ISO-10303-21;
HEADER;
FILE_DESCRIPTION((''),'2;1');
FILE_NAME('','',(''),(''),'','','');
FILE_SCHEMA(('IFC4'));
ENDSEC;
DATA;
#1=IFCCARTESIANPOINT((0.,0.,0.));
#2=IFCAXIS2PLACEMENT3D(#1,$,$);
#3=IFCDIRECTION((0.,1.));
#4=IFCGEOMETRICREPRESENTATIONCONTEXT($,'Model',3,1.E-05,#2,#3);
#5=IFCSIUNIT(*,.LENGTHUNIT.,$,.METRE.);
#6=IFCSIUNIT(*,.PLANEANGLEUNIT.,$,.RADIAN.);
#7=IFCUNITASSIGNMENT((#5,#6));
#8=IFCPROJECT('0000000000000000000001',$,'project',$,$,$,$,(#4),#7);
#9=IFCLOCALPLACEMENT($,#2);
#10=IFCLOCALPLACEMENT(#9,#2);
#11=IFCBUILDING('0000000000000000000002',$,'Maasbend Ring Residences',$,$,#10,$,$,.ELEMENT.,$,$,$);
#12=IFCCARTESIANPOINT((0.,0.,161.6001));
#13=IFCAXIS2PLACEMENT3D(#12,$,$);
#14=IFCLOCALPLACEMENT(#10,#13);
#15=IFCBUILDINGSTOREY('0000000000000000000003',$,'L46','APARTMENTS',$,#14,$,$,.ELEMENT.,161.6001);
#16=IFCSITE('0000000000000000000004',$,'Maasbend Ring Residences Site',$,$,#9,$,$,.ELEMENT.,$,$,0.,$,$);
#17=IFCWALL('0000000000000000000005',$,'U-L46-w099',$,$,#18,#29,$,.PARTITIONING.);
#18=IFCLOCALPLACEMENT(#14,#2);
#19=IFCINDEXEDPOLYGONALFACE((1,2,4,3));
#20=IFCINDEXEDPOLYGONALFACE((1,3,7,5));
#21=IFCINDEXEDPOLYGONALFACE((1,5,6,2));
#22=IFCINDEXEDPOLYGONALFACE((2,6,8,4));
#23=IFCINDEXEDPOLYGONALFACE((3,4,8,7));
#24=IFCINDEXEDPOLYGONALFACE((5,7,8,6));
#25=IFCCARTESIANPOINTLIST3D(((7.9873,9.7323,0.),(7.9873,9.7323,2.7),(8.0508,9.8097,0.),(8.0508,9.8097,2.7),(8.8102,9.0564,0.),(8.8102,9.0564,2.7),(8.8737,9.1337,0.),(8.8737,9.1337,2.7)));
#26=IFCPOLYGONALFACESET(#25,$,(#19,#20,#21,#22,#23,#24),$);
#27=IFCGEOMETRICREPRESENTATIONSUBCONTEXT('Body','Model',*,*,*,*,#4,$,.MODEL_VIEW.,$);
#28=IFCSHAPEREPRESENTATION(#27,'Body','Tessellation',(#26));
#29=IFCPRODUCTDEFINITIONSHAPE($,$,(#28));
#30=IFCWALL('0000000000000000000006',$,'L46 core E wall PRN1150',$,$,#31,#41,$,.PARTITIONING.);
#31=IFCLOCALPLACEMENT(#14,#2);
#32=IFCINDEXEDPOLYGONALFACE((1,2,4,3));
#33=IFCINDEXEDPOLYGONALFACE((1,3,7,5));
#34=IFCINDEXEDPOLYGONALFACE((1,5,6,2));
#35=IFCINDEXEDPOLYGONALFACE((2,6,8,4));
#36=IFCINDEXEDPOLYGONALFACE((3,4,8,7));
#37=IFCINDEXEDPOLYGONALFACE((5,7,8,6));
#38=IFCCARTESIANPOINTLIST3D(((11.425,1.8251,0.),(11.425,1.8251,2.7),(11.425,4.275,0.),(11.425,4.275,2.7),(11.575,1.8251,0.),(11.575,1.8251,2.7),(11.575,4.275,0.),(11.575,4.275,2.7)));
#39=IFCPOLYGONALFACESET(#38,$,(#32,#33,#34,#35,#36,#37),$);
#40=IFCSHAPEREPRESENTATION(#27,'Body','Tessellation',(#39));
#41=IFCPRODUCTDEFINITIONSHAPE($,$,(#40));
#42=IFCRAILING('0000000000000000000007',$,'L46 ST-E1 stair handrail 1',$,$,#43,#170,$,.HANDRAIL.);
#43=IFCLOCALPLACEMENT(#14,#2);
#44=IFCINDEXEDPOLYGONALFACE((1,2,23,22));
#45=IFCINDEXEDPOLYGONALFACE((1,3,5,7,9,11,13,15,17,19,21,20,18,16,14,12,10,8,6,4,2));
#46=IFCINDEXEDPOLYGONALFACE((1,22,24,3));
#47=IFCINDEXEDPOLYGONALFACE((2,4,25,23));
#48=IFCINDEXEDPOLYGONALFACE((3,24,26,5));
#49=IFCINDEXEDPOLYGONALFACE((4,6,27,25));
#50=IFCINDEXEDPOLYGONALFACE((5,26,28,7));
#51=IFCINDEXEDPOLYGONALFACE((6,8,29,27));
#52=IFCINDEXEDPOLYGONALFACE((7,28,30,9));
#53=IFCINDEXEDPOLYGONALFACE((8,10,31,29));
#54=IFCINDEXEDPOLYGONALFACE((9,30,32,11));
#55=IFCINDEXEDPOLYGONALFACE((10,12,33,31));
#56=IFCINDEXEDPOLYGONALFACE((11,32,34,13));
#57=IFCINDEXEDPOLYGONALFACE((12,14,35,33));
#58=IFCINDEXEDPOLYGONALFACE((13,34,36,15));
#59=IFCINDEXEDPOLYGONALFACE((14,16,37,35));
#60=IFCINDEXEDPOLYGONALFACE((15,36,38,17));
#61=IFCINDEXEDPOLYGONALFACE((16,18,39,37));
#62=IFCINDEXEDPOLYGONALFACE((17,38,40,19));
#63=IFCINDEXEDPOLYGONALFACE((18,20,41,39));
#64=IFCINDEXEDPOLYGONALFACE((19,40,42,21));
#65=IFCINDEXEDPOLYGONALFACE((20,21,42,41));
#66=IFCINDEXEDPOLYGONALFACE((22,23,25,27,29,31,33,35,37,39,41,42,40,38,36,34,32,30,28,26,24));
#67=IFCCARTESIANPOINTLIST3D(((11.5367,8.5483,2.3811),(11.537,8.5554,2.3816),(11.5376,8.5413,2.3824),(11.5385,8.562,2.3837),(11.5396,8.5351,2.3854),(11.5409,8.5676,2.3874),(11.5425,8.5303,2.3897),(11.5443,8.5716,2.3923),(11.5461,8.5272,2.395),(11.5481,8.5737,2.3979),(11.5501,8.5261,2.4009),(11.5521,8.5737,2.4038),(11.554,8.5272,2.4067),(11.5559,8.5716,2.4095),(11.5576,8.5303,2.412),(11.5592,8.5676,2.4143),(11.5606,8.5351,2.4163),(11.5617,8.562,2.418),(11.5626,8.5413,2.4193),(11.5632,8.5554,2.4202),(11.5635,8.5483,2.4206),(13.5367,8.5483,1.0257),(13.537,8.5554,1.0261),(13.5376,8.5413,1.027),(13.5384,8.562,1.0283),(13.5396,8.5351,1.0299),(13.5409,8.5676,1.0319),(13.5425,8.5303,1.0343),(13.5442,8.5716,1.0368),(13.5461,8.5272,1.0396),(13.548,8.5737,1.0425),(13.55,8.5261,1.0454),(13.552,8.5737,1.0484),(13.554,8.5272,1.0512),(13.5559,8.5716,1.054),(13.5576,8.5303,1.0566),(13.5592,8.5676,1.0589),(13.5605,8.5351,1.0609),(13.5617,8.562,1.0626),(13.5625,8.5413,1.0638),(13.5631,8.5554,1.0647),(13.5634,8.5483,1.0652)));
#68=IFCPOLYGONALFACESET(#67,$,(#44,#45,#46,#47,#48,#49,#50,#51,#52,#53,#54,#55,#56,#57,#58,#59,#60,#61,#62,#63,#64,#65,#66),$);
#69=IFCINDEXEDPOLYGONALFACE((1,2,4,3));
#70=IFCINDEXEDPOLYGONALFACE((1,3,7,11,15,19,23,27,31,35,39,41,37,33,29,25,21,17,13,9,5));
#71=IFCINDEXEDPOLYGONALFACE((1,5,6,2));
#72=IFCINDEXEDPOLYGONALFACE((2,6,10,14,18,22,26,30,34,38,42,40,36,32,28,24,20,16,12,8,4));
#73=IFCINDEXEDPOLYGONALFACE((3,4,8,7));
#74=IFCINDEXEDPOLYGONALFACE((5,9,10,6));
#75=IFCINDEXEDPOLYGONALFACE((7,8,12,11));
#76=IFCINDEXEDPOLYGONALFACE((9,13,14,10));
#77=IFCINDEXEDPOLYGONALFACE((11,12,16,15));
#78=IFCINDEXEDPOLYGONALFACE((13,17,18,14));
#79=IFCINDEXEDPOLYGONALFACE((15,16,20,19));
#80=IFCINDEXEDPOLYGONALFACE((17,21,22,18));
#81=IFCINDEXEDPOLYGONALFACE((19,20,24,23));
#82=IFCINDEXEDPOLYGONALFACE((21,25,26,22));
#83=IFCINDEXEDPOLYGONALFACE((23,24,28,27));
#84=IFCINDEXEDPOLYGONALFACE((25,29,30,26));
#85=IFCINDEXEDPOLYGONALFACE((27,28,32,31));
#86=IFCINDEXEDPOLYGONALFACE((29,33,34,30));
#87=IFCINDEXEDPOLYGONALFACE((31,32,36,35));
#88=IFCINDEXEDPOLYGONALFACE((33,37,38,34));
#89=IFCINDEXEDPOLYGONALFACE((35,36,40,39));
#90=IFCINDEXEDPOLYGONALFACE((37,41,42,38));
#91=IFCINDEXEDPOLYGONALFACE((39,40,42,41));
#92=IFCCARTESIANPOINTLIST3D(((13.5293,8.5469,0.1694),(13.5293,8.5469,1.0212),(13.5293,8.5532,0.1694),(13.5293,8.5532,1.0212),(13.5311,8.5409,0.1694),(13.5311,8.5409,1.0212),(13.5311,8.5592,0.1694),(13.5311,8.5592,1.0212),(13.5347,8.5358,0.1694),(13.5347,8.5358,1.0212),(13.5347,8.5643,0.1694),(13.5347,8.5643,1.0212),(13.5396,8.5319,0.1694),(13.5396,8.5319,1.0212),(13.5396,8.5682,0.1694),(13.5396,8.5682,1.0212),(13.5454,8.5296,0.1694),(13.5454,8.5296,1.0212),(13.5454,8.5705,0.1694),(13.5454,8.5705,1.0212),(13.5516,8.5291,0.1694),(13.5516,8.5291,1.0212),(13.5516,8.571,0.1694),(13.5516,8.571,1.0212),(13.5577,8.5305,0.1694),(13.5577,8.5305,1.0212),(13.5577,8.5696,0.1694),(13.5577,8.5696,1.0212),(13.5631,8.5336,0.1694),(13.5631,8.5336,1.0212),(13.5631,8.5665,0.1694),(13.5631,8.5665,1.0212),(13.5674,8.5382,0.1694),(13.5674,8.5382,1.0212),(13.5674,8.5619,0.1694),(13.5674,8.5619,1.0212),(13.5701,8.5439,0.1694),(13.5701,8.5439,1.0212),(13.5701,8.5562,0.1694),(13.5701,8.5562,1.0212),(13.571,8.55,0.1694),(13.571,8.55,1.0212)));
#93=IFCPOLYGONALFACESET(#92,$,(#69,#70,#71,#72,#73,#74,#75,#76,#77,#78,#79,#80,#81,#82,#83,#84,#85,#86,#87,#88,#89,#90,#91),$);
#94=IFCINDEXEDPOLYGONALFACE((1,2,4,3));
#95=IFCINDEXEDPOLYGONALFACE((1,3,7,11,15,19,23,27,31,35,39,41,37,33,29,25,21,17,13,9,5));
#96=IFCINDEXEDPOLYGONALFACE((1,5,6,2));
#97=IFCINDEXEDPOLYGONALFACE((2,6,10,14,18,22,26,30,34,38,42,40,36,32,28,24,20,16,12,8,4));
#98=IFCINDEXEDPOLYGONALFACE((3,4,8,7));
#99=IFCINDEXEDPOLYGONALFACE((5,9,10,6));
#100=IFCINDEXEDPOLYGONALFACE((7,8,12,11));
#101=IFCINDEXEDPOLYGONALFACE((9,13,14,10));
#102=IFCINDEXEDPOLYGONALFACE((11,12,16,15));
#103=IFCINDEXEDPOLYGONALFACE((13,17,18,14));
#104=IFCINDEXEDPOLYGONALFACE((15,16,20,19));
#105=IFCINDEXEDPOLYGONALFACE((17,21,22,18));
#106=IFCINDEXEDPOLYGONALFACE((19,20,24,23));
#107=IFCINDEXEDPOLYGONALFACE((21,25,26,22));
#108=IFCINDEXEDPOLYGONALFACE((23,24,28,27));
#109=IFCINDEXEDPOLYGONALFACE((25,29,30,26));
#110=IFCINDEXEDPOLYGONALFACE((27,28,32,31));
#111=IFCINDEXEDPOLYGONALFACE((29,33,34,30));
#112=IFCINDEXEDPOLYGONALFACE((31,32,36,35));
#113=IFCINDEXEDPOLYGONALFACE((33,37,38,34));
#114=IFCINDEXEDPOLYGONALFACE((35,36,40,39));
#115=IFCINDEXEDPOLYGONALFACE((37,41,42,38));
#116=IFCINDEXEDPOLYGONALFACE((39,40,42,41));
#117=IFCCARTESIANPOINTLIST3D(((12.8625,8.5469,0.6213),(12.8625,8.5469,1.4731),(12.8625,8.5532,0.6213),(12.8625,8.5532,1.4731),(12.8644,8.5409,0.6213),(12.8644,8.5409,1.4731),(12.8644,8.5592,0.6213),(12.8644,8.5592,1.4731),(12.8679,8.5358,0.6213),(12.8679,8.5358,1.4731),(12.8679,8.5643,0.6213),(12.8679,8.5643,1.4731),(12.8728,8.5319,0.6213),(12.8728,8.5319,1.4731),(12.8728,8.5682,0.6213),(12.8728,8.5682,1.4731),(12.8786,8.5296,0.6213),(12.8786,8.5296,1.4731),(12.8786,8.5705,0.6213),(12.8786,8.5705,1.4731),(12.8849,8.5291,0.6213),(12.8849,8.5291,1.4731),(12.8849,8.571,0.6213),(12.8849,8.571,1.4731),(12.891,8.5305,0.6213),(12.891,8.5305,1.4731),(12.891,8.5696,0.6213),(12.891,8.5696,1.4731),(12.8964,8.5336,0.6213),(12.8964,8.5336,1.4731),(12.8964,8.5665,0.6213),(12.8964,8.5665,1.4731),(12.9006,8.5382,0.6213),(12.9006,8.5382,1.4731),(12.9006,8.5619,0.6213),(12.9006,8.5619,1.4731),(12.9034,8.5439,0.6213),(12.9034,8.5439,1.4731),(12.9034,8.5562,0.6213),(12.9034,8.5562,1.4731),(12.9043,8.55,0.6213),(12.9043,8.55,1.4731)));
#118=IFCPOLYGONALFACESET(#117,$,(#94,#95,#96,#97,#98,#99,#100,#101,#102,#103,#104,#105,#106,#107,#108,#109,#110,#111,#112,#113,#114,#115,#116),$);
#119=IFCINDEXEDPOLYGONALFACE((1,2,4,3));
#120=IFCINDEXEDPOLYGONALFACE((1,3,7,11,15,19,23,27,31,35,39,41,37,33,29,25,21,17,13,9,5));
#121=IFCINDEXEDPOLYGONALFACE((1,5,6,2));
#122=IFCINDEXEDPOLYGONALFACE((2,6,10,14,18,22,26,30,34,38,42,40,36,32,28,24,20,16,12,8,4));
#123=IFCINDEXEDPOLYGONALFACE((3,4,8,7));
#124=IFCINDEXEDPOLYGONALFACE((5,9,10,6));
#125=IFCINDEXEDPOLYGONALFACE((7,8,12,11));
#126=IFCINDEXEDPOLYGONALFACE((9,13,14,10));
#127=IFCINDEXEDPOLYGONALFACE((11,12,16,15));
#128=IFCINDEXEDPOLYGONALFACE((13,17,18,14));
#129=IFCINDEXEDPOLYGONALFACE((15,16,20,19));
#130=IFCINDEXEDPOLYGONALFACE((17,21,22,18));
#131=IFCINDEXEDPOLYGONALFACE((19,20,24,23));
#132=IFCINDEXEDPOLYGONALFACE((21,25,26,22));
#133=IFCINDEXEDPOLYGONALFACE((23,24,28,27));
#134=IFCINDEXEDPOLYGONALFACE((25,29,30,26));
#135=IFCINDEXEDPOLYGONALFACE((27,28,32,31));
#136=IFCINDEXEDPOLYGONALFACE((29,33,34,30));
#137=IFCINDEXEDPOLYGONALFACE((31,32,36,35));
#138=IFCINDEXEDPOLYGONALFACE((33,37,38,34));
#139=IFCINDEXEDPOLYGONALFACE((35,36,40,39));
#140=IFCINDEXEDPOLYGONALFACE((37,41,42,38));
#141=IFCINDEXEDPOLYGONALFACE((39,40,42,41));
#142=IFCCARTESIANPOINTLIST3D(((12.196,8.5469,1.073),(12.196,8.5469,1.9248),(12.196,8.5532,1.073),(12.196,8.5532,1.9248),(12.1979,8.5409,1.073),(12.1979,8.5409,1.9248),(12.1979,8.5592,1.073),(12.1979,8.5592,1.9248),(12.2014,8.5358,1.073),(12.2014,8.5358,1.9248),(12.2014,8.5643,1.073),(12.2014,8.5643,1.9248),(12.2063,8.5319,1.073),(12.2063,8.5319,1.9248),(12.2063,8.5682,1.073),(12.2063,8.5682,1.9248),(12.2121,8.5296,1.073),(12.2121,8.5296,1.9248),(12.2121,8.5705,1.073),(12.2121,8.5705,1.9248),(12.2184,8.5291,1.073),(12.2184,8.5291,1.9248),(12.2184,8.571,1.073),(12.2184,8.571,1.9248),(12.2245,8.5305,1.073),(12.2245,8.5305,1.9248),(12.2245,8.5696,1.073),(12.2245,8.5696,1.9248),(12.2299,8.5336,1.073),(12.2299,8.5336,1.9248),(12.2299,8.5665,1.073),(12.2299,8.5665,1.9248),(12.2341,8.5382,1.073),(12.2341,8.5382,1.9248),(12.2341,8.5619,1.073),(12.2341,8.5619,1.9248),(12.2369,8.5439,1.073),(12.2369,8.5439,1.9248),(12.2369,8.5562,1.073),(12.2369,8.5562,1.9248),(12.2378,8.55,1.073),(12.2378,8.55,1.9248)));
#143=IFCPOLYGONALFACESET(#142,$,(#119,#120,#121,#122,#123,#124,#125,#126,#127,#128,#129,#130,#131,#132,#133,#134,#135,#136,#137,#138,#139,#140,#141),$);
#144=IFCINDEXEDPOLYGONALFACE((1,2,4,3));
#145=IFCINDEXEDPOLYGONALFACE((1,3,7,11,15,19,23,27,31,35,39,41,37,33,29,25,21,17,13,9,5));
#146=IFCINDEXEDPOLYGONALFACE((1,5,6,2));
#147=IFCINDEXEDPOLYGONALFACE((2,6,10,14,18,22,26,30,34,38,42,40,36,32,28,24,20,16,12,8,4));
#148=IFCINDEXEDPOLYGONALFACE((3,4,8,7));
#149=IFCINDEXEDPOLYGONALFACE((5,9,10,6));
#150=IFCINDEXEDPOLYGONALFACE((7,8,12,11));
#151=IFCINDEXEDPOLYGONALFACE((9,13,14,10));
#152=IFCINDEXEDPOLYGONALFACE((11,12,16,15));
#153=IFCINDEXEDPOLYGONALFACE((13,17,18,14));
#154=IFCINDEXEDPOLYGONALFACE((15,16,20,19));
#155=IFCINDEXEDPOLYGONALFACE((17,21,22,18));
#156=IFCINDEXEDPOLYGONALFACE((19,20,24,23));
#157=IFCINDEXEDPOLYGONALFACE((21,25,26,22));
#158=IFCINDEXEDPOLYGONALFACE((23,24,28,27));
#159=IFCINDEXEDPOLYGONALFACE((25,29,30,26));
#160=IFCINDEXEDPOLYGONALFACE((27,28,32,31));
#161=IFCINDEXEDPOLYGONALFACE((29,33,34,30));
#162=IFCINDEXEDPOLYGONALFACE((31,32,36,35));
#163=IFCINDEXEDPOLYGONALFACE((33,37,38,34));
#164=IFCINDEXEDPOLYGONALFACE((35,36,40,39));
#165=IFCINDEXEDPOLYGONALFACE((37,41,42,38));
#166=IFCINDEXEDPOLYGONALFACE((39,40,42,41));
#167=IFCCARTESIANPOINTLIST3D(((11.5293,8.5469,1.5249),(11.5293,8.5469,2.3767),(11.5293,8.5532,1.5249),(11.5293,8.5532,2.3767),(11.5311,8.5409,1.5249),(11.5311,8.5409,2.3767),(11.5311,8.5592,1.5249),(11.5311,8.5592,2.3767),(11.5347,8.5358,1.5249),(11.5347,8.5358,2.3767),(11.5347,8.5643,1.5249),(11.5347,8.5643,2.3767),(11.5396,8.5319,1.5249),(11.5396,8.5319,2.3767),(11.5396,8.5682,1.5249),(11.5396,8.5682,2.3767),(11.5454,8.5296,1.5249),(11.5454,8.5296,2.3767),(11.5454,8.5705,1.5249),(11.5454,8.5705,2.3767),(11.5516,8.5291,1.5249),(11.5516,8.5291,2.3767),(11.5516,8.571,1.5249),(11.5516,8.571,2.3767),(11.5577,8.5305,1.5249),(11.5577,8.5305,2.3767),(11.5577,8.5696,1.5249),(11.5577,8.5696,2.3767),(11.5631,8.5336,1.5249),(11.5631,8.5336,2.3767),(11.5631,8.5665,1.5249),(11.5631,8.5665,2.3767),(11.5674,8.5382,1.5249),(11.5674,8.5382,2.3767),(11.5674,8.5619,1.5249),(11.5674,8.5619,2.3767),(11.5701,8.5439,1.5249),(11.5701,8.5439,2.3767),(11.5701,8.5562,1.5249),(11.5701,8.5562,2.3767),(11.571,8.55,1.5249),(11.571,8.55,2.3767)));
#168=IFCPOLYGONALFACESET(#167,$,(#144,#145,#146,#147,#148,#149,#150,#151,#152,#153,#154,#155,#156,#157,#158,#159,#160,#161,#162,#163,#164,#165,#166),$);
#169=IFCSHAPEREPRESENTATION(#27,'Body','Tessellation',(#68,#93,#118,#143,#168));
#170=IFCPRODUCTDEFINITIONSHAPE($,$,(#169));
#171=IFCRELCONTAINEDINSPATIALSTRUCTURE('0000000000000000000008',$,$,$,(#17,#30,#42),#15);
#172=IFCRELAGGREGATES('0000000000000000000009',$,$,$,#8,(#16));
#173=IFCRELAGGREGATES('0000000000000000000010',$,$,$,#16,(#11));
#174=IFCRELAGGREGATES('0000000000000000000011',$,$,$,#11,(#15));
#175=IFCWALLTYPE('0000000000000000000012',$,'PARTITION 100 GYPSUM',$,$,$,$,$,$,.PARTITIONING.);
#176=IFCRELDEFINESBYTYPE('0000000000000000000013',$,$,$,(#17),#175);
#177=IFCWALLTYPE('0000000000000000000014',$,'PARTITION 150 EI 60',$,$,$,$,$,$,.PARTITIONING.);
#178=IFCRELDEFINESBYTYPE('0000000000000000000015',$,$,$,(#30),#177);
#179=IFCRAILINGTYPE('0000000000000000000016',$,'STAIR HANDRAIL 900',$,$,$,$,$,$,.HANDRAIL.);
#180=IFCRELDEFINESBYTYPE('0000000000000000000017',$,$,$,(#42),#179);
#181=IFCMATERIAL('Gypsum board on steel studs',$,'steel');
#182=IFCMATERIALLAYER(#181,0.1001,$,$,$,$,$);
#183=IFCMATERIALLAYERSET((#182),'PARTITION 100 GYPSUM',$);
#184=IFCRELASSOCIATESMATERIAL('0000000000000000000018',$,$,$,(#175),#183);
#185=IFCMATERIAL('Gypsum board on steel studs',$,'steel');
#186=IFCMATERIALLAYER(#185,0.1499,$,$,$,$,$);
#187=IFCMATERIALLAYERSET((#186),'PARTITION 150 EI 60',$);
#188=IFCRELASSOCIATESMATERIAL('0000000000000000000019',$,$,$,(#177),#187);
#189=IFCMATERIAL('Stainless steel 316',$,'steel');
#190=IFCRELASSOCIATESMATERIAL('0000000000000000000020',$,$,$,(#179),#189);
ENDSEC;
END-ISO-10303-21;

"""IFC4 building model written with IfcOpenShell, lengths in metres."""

from ifc_helpers import new_model, si_unit, direction, frame, frame_2d, origin, origin_2d, place, context, subcontext, project, spatial, rectangle, circle, extrude, material, layer, layer_set, type_object, element, save


model = new_model("IFC4")

# Units and contexts
model_context = context("Model", 3, precision=1e-05, world=origin(), true_north=direction((0.0, 1.0)))
body_context = subcontext(model_context, "Body", "Model", "MODEL_VIEW")
ifc_project = project(units=[si_unit("LENGTHUNIT", "METRE"), si_unit("PLANEANGLEUNIT", "RADIAN")], contexts=[model_context])

# Site, building, storey
site_placement = place(None, origin())
site = spatial("IfcSite", under=ifc_project, at=site_placement, Name="Maasbend Ring Residences Site", CompositionType="ELEMENT", RefElevation=0.0)
building_placement = place(site_placement, origin())
building = spatial("IfcBuilding", under=site, at=building_placement, Name="Maasbend Ring Residences", CompositionType="ELEMENT")
storey_placement = place(building_placement, frame((0.0, 0.0, 161.6001)))
storey = spatial("IfcBuildingStorey", under=building, at=storey_placement, Name="L46", Description="APARTMENTS", CompositionType="ELEMENT", Elevation=161.6001)

# Shared definitions
ifc_material_1 = material(Name="Gypsum board on steel studs", Category="steel")
ifc_layer_1 = layer(ifc_material_1, 0.1001)
ifc_layer_set_1 = layer_set([ifc_layer_1], Name="PARTITION 100 GYPSUM")
wall_type_1 = type_object("IfcWallType", Name="PARTITION 100 GYPSUM", PredefinedType="PARTITIONING", material=ifc_layer_set_1)

# Walls
wall_1_placement = place(storey_placement, frame((8.019, 9.771, 0.0), z_axis=(0.0, 0.0, 1.0), x_axis=(0.77273, -0.634735, 0.0)))
element("IfcWall", 1, at=wall_1_placement, inside=storey, type_object=wall_type_1, Name="U-L46-w099", PredefinedType="PARTITIONING", context=body_context, shape_type="SweptSolid", body=[
    extrude(rectangle(XDim=1.0649, YDim=0.1001, at=frame_2d((0.5325, 0.0))), origin(), (0.0, 0.0, 1.0), 2.7),
])
ifc_material_2 = material(Name="Gypsum board on steel studs", Category="steel")
ifc_layer_2 = layer(ifc_material_2, 0.1499)
ifc_layer_set_2 = layer_set([ifc_layer_2], Name="PARTITION 150 EI 60")
wall_type_2 = type_object("IfcWallType", Name="PARTITION 150 EI 60", PredefinedType="PARTITIONING", material=ifc_layer_set_2)
wall_2_placement = place(storey_placement, frame((11.5, 1.825, 0.0), z_axis=(0.0, 0.0, 1.0), x_axis=(0.0, 1.0, 0.0)))
element("IfcWall", 2, at=wall_2_placement, inside=storey, type_object=wall_type_2, Name="L46 core E wall PRN1150", PredefinedType="PARTITIONING", context=body_context, shape_type="SweptSolid", body=[
    extrude(rectangle(XDim=2.45, YDim=0.1499, at=frame_2d((1.2251, 0.0))), origin(), (0.0, 0.0, 1.0), 2.7),
])

# Railing
ifc_material_3 = material(Name="Stainless steel 316", Category="steel")
railing_type_1 = type_object("IfcRailingType", Name="STAIR HANDRAIL 900", PredefinedType="HANDRAIL", material=ifc_material_3)
railing_1_placement = place(storey_placement, frame((13.55, 8.55, 0.1694)))
element("IfcRailing", 3, at=railing_1_placement, inside=storey, type_object=railing_type_1, Name="L46 ST-E1 stair handrail 1", PredefinedType="HANDRAIL", context=body_context, shape_type="SweptSolid", body=[
    extrude(circle(Radius=0.0239, at=origin_2d()), frame((0.0, 0.0, 0.876), z_axis=(-0.827798, 0.0, 0.561027), x_axis=(0.0, -1.0, 0.0)), (0.0, 0.0, 1.0), 2.416),
    extrude(circle(Radius=0.021, at=origin_2d()), origin(), (0.0, 0.0, 1.0), 0.8518),
    extrude(circle(Radius=0.021, at=origin_2d()), frame((-0.6667, 0.0, 0.4519)), (0.0, 0.0, 1.0), 0.8518),
    extrude(circle(Radius=0.021, at=origin_2d()), frame((-1.3333, 0.0, 0.9036)), (0.0, 0.0, 1.0), 0.8518),
    extrude(circle(Radius=0.021, at=origin_2d()), frame((-2.0, 0.0, 1.3555)), (0.0, 0.0, 1.0), 0.8518),
])

save(model, "model.ifc")
